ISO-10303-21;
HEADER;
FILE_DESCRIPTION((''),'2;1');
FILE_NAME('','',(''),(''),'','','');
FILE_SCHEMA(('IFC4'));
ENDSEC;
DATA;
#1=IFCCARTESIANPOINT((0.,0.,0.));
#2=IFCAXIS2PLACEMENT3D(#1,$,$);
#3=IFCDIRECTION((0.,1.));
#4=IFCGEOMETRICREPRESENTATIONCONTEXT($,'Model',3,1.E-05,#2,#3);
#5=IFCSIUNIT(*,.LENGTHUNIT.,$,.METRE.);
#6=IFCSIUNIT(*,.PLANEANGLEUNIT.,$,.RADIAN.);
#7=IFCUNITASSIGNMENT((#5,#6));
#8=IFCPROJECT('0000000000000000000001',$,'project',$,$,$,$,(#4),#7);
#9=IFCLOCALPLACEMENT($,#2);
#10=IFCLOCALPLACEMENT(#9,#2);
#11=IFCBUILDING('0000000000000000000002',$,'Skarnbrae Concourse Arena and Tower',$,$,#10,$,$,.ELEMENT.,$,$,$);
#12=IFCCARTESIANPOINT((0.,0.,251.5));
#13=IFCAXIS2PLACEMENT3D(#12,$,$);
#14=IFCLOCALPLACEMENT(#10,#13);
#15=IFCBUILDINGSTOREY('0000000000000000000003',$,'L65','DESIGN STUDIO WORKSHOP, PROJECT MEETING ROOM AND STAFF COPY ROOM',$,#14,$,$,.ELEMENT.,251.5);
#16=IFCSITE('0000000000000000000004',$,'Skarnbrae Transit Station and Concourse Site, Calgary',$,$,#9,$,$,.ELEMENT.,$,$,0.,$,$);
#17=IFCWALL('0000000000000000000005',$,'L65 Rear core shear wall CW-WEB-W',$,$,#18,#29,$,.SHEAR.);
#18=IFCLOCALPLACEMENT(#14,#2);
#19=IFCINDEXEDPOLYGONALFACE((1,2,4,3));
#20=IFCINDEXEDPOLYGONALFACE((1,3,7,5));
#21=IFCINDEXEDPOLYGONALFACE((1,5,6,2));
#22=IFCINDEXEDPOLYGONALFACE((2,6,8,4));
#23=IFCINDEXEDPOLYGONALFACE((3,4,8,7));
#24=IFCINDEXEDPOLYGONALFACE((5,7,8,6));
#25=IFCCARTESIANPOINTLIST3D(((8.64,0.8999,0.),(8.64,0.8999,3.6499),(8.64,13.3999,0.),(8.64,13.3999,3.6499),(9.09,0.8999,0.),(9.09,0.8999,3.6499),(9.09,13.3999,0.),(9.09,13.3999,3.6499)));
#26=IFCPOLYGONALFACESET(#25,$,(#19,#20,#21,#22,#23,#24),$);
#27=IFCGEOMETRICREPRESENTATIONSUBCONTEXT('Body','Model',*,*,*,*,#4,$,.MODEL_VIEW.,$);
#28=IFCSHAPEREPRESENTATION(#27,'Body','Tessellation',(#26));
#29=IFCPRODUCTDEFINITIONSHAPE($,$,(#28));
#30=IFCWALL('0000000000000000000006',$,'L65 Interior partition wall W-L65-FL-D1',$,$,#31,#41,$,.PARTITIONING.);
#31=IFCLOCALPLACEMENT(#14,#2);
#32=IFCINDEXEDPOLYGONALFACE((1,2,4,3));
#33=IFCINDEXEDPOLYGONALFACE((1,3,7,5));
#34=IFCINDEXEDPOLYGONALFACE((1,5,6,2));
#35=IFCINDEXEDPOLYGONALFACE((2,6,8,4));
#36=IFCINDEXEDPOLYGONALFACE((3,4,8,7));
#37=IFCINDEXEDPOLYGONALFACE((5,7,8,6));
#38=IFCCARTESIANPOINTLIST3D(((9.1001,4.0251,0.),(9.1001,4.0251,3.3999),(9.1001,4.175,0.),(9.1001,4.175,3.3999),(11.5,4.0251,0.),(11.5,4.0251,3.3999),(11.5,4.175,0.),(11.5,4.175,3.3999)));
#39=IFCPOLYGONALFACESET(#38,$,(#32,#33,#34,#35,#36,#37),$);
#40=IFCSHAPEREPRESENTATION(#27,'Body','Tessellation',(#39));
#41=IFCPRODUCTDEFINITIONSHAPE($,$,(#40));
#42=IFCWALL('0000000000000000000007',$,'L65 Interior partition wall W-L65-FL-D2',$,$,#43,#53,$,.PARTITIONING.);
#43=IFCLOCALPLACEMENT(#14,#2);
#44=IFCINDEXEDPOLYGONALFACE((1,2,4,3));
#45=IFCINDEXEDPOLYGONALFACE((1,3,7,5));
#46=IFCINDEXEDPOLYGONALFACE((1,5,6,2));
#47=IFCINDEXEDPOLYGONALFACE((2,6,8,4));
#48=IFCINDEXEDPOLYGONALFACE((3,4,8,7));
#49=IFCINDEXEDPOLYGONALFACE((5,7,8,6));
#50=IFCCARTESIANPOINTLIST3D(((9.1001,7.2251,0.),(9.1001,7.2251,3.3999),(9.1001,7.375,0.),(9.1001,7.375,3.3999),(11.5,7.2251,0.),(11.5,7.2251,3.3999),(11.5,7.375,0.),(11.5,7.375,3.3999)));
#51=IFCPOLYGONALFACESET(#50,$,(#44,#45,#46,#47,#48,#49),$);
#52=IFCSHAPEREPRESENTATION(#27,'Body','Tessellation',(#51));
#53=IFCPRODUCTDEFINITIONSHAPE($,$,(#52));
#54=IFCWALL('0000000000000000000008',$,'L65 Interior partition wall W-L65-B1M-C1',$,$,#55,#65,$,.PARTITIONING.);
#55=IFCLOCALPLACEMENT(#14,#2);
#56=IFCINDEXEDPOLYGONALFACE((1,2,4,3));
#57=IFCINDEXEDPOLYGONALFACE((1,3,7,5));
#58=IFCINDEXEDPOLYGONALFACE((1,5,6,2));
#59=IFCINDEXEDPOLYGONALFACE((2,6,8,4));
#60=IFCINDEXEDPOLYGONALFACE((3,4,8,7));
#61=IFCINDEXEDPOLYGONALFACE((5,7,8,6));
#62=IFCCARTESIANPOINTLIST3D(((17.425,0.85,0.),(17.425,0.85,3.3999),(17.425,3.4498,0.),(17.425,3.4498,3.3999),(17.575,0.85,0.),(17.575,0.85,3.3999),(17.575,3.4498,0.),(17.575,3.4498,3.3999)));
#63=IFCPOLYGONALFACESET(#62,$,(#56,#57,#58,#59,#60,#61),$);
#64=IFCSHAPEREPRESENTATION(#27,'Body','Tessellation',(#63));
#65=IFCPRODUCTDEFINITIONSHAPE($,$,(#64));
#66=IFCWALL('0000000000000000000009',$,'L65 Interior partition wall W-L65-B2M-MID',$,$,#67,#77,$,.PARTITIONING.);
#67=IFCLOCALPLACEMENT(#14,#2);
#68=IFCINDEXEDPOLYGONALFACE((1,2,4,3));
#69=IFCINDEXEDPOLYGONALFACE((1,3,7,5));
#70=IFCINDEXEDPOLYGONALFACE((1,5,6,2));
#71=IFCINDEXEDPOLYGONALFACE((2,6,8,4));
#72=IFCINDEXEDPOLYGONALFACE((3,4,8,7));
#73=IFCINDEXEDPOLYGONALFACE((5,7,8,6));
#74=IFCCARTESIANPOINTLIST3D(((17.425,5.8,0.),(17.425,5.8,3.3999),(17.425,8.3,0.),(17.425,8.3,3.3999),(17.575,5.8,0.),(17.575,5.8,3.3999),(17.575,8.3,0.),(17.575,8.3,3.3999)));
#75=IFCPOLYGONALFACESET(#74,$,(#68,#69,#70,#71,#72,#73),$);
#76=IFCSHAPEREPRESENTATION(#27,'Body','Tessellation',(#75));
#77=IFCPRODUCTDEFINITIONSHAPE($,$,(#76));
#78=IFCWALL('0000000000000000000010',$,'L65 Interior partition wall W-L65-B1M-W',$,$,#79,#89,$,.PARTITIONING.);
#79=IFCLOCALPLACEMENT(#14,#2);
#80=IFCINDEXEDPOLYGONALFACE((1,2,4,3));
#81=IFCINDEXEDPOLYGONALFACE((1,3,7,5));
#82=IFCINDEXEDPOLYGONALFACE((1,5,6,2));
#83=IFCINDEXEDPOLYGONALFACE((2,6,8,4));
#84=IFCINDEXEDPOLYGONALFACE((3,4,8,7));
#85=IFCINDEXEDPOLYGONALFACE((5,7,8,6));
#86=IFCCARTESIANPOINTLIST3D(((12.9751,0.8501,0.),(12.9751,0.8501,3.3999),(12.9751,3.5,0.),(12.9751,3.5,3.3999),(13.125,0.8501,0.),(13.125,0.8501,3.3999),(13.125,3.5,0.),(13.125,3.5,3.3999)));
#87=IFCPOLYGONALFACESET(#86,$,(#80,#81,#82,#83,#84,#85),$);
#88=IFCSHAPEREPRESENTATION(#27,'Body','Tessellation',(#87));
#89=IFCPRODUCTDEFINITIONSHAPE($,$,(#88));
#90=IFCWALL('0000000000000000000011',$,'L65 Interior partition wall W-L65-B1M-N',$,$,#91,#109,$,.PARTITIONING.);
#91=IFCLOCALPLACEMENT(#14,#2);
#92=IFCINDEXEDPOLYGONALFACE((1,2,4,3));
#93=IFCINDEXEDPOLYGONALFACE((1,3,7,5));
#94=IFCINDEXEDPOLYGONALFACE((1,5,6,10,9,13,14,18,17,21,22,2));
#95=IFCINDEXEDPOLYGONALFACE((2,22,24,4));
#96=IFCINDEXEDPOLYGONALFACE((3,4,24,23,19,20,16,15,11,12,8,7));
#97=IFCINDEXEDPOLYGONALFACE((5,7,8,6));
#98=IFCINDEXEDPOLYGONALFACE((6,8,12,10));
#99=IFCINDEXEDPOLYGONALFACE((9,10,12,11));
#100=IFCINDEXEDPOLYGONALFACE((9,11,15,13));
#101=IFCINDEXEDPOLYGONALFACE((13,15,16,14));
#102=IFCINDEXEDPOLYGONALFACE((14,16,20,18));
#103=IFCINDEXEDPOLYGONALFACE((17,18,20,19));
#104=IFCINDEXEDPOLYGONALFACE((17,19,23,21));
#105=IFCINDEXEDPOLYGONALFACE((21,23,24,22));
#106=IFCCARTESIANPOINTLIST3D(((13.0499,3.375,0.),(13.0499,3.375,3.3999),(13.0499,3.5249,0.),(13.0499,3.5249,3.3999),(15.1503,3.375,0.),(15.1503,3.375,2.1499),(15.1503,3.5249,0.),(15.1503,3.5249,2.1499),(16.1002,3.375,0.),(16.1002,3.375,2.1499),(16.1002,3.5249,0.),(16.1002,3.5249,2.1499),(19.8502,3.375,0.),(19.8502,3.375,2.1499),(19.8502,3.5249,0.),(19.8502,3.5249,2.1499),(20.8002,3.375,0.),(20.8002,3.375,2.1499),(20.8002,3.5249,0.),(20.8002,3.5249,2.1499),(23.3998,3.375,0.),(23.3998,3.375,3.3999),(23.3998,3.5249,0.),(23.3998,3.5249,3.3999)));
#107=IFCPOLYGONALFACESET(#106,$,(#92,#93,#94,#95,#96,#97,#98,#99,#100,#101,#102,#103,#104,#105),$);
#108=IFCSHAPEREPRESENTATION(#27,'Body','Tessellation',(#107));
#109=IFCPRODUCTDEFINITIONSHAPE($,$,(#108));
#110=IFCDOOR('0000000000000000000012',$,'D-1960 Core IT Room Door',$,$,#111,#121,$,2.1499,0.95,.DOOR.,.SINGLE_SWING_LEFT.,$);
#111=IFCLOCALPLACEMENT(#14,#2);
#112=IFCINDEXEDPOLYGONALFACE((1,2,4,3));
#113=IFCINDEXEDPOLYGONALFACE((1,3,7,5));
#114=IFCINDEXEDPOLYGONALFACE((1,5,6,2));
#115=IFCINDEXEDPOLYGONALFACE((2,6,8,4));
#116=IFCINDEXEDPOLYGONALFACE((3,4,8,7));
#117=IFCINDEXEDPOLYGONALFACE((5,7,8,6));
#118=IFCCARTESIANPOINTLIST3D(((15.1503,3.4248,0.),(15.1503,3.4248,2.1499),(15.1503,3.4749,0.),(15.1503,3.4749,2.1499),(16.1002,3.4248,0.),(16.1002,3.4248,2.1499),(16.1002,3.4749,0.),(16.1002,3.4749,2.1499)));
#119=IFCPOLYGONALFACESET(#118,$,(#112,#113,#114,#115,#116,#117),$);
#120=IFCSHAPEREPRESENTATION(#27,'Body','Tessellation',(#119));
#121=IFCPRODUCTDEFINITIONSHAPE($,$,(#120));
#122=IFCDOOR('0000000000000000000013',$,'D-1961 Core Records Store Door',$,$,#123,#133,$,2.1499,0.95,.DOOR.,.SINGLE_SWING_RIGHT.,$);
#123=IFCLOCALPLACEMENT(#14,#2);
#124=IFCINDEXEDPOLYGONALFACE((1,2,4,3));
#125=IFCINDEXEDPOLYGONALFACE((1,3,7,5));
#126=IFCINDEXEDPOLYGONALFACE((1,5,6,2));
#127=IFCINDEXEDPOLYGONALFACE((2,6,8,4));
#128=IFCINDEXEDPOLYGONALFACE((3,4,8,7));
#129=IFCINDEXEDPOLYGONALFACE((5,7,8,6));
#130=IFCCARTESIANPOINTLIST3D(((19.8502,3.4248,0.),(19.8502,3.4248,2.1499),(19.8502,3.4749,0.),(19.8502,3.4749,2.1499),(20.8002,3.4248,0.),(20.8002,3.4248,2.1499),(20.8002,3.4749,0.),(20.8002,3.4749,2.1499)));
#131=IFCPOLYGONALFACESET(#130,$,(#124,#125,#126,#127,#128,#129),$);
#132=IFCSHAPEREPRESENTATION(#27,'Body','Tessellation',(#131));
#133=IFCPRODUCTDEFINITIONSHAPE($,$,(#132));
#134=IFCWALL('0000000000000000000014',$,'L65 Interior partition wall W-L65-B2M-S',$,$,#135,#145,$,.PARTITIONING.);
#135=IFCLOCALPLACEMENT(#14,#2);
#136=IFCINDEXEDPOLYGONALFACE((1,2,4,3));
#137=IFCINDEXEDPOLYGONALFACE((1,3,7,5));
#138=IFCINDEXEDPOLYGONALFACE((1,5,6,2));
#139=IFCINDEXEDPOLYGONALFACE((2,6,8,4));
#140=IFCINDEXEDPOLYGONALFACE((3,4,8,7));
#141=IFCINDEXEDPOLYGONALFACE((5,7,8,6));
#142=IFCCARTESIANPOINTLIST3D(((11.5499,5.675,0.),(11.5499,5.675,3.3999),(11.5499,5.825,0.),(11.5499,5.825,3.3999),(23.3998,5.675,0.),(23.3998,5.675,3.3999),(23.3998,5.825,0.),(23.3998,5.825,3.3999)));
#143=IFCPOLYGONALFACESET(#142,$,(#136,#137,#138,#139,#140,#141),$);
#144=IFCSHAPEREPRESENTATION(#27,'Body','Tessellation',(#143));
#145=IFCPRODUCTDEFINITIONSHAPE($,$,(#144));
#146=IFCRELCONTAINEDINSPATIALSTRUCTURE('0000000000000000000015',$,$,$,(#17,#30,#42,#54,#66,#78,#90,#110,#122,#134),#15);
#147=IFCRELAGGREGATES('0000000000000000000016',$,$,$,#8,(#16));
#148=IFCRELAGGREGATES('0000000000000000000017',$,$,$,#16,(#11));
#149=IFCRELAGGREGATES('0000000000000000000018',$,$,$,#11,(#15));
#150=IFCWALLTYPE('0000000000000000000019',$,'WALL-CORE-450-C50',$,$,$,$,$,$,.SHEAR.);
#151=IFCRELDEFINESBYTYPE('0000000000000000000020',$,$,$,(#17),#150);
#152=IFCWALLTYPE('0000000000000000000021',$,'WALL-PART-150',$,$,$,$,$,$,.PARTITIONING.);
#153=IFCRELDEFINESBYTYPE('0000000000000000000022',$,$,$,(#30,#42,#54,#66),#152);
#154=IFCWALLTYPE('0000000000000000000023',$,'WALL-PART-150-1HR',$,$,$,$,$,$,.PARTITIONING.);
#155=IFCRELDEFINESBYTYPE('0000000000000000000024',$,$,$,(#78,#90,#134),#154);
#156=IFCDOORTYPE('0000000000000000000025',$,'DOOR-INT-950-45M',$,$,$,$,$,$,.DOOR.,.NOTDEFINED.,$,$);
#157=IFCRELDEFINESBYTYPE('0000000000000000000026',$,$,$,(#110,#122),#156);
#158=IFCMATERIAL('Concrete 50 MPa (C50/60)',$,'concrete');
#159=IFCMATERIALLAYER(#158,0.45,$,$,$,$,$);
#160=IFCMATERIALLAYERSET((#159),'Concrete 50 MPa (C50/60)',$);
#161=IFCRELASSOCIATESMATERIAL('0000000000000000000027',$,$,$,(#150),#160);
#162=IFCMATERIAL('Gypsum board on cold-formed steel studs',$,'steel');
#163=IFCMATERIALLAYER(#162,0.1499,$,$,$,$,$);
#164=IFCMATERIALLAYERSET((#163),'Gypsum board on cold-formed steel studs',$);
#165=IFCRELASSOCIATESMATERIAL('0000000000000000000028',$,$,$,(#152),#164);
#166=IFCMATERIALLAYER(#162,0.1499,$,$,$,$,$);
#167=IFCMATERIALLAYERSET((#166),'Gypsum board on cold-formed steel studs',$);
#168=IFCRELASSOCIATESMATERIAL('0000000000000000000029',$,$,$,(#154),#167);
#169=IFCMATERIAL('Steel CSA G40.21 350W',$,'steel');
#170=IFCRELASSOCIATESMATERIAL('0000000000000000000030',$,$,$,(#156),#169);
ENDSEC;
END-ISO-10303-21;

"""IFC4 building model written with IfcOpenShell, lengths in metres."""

from ifc_helpers import new_model, si_unit, direction, frame, frame_2d, origin, place, context, subcontext, project, spatial, rectangle, extrude, source, transform, mapped, material, layer, layer_set, type_object, element, fill, save


model = new_model("IFC4")

# Units and contexts
model_context = context("Model", 3, precision=1e-05, world=origin(), true_north=direction((0.0, 1.0)))
body_context = subcontext(model_context, "Body", "Model", "MODEL_VIEW")
ifc_project = project(units=[si_unit("LENGTHUNIT", "METRE"), si_unit("PLANEANGLEUNIT", "RADIAN")], contexts=[model_context])

# Site, building, storey
site_placement = place(None, origin())
site = spatial("IfcSite", under=ifc_project, at=site_placement, Name="Skarnbrae Transit Station and Concourse Site, Calgary", CompositionType="ELEMENT", RefElevation=0.0)
building_placement = place(site_placement, origin())
building = spatial("IfcBuilding", under=site, at=building_placement, Name="Skarnbrae Concourse Arena and Tower", CompositionType="ELEMENT")
storey_placement = place(building_placement, frame((0.0, 0.0, 251.5)))
storey = spatial("IfcBuildingStorey", under=building, at=storey_placement, Name="L65", Description="DESIGN STUDIO WORKSHOP, PROJECT MEETING ROOM AND STAFF COPY ROOM", CompositionType="ELEMENT", Elevation=251.5)

# Wall
ifc_material_1 = material(Name="Concrete 50 MPa (C50/60)", Category="concrete")
ifc_layer_1 = layer(ifc_material_1, 0.45)
ifc_layer_set_1 = layer_set([ifc_layer_1], Name="Concrete 50 MPa (C50/60)")
wall_type_1 = type_object("IfcWallType", Name="WALL-CORE-450-C50", PredefinedType="SHEAR", material=ifc_layer_set_1)
shared_shape_1 = source(origin(), body_context, "Body", "SweptSolid", [
    extrude(rectangle(XDim=12.5, YDim=0.45, at=frame_2d((6.25, 0.0))), origin(), (0.0, 0.0, 1.0), 3.6499),
])
wall_1_placement = place(storey_placement, frame((8.865, 0.8999, 0.0), z_axis=(0.0, 0.0, 1.0), x_axis=(0.0, 1.0, 0.0)))
element("IfcWall", 1, at=wall_1_placement, inside=storey, type_object=wall_type_1, Name="L65 Rear core shear wall CW-WEB-W", PredefinedType="SHEAR", context=body_context, shape_type="MappedRepresentation", body=[
    mapped(shared_shape_1, transform((0.0, 0.0, 0.0))),
])

# Shared definitions
ifc_material_2 = material(Name="Gypsum board on cold-formed steel studs", Category="steel")
ifc_material_3 = material(Name="Steel CSA G40.21 350W", Category="steel")

# Walls
ifc_layer_2 = layer(ifc_material_2, 0.1499)
ifc_layer_set_2 = layer_set([ifc_layer_2], Name="Gypsum board on cold-formed steel studs")
wall_type_2 = type_object("IfcWallType", Name="WALL-PART-150", PredefinedType="PARTITIONING", material=ifc_layer_set_2)
shared_shape_2 = source(origin(), body_context, "Body", "SweptSolid", [
    extrude(rectangle(XDim=2.3999, YDim=0.1499, at=frame_2d((1.2, 0.0))), origin(), (0.0, 0.0, 1.0), 3.3999),
])
for number, where, z_axis, x_axis, name in (
    (2, (9.1001, 4.1001, 0.0), (0.0, 0.0, 1.0), (1.0, 0.0, 0.0), "L65 Interior partition wall W-L65-FL-D1"),
    (3, (9.1001, 7.3, 0.0), (0.0, 0.0, 1.0), (1.0, 0.0, 0.0), "L65 Interior partition wall W-L65-FL-D2"),
):
    element("IfcWall", number, at=place(storey_placement, frame(where, z_axis=z_axis, x_axis=x_axis)), inside=storey, type_object=wall_type_2, Name=name, PredefinedType="PARTITIONING", context=body_context, shape_type="MappedRepresentation", body=[
        mapped(shared_shape_2, transform((0.0, 0.0, 0.0))),
    ])
shared_shape_3 = source(origin(), body_context, "Body", "SweptSolid", [
    extrude(rectangle(XDim=2.5999, YDim=0.1499, at=frame_2d((1.2998, 0.0))), origin(), (0.0, 0.0, 1.0), 3.3999),
])
wall_2_placement = place(storey_placement, frame((17.5, 0.8501, 0.0), z_axis=(0.0, 0.0, 1.0), x_axis=(0.0, 1.0, 0.0)))
element("IfcWall", 4, at=wall_2_placement, inside=storey, type_object=wall_type_2, Name="L65 Interior partition wall W-L65-B1M-C1", PredefinedType="PARTITIONING", context=body_context, shape_type="MappedRepresentation", body=[
    mapped(shared_shape_3, transform((0.0, 0.0, 0.0))),
])
shared_shape_4 = source(origin(), body_context, "Body", "SweptSolid", [
    extrude(rectangle(XDim=2.5, YDim=0.1499, at=frame_2d((1.25, 0.0))), origin(), (0.0, 0.0, 1.0), 3.3999),
])
wall_3_placement = place(storey_placement, frame((17.5, 5.8, 0.0), z_axis=(0.0, 0.0, 1.0), x_axis=(0.0, 1.0, 0.0)))
element("IfcWall", 5, at=wall_3_placement, inside=storey, type_object=wall_type_2, Name="L65 Interior partition wall W-L65-B2M-MID", PredefinedType="PARTITIONING", context=body_context, shape_type="MappedRepresentation", body=[
    mapped(shared_shape_4, transform((0.0, 0.0, 0.0))),
])
ifc_layer_3 = layer(ifc_material_2, 0.1499)
ifc_layer_set_3 = layer_set([ifc_layer_3], Name="Gypsum board on cold-formed steel studs")
wall_type_3 = type_object("IfcWallType", Name="WALL-PART-150-1HR", PredefinedType="PARTITIONING", material=ifc_layer_set_3)
shared_shape_5 = source(origin(), body_context, "Body", "SweptSolid", [
    extrude(rectangle(XDim=2.6499, YDim=0.1499, at=frame_2d((1.325, 0.0))), origin(), (0.0, 0.0, 1.0), 3.3999),
])
wall_4_placement = place(storey_placement, frame((13.05, 0.8501, 0.0), z_axis=(0.0, 0.0, 1.0), x_axis=(0.0, 1.0, 0.0)))
element("IfcWall", 6, at=wall_4_placement, inside=storey, type_object=wall_type_3, Name="L65 Interior partition wall W-L65-B1M-W", PredefinedType="PARTITIONING", context=body_context, shape_type="MappedRepresentation", body=[
    mapped(shared_shape_5, transform((0.0, 0.0, 0.0))),
])

# Wall, openings, doors
shared_shape_6 = source(origin(), body_context, "Body", "SweptSolid", [
    extrude(rectangle(XDim=10.3499, YDim=0.1499, at=frame_2d((5.1748, 0.0))), origin(), (0.0, 0.0, 1.0), 3.3999),
])
wall_5_placement = place(storey_placement, frame((13.05, 3.45, 0.0), z_axis=(0.0, 0.0, 1.0), x_axis=(1.0, 0.0, 0.0)))
wall_5 = element("IfcWall", 7, at=wall_5_placement, inside=storey, type_object=wall_type_3, Name="L65 Interior partition wall W-L65-B1M-N", PredefinedType="PARTITIONING", context=body_context, shape_type="MappedRepresentation", body=[
    mapped(shared_shape_6, transform((0.0, 0.0, 0.0))),
])
opening_1_placement = place(wall_5_placement, frame((2.1001, 0.0, 0.0)))
opening_1 = element("IfcOpeningElement", 8, at=opening_1_placement, cuts=wall_5, PredefinedType="OPENING", context=body_context, shape_type="SweptSolid", body=[
    extrude(rectangle(XDim=0.95, YDim=2.1499, at=frame_2d((0.4751, 1.075))), frame((0.0, 0.085, 0.0), z_axis=(0.0, -1.0, 0.0), x_axis=(1.0, 0.0, 0.0)), (0.0, 0.0, 1.0), 0.1699),
])
opening_2_placement = place(wall_5_placement, frame((6.8, 0.0, 0.0)))
opening_2 = element("IfcOpeningElement", 9, at=opening_2_placement, cuts=wall_5, PredefinedType="OPENING", context=body_context, shape_type="SweptSolid", body=[
    extrude(rectangle(XDim=0.95, YDim=2.1499, at=frame_2d((0.4751, 1.075))), frame((0.0, 0.085, 0.0), z_axis=(0.0, -1.0, 0.0), x_axis=(1.0, 0.0, 0.0)), (0.0, 0.0, 1.0), 0.1699),
])
door_type_1 = type_object("IfcDoorType", Name="DOOR-INT-950-45M", OperationType="NOTDEFINED", PredefinedType="DOOR", material=ifc_material_3)
shared_shape_7 = source(origin(), body_context, "Body", "SweptSolid", [
    extrude(rectangle(XDim=0.95, YDim=2.1499, at=frame_2d((0.4751, 1.075))), frame((0.0, 0.0249, 0.0), z_axis=(0.0, -1.0, 0.0), x_axis=(1.0, 0.0, 0.0)), (0.0, 0.0, 1.0), 0.05),
])
door_1_placement = place(opening_1_placement, origin())
door_1 = element("IfcDoor", 10, at=door_1_placement, inside=storey, type_object=door_type_1, Name="D-1960 Core IT Room Door", OperationType="SINGLE_SWING_LEFT", OverallHeight=2.1499, OverallWidth=0.95, PredefinedType="DOOR", context=body_context, shape_type="MappedRepresentation", body=[
    mapped(shared_shape_7, transform((0.0, 0.0, 0.0))),
])
fill(opening_1, door_1)
door_2_placement = place(opening_2_placement, origin())
door_2 = element("IfcDoor", 11, at=door_2_placement, inside=storey, type_object=door_type_1, Name="D-1961 Core Records Store Door", OperationType="SINGLE_SWING_RIGHT", OverallHeight=2.1499, OverallWidth=0.95, PredefinedType="DOOR", context=body_context, shape_type="MappedRepresentation", body=[
    mapped(shared_shape_7, transform((0.0, 0.0, 0.0))),
])
fill(opening_2, door_2)

# Wall
shared_shape_8 = source(origin(), body_context, "Body", "SweptSolid", [
    extrude(rectangle(XDim=11.8499, YDim=0.1499, at=frame_2d((5.9248, 0.0))), origin(), (0.0, 0.0, 1.0), 3.3999),
])
wall_6_placement = place(storey_placement, frame((11.55, 5.75, 0.0), z_axis=(0.0, 0.0, 1.0), x_axis=(1.0, 0.0, 0.0)))
element("IfcWall", 12, at=wall_6_placement, inside=storey, type_object=wall_type_3, Name="L65 Interior partition wall W-L65-B2M-S", PredefinedType="PARTITIONING", context=body_context, shape_type="MappedRepresentation", body=[
    mapped(shared_shape_8, transform((0.0, 0.0, 0.0))),
])

save(model, "model.ifc")
